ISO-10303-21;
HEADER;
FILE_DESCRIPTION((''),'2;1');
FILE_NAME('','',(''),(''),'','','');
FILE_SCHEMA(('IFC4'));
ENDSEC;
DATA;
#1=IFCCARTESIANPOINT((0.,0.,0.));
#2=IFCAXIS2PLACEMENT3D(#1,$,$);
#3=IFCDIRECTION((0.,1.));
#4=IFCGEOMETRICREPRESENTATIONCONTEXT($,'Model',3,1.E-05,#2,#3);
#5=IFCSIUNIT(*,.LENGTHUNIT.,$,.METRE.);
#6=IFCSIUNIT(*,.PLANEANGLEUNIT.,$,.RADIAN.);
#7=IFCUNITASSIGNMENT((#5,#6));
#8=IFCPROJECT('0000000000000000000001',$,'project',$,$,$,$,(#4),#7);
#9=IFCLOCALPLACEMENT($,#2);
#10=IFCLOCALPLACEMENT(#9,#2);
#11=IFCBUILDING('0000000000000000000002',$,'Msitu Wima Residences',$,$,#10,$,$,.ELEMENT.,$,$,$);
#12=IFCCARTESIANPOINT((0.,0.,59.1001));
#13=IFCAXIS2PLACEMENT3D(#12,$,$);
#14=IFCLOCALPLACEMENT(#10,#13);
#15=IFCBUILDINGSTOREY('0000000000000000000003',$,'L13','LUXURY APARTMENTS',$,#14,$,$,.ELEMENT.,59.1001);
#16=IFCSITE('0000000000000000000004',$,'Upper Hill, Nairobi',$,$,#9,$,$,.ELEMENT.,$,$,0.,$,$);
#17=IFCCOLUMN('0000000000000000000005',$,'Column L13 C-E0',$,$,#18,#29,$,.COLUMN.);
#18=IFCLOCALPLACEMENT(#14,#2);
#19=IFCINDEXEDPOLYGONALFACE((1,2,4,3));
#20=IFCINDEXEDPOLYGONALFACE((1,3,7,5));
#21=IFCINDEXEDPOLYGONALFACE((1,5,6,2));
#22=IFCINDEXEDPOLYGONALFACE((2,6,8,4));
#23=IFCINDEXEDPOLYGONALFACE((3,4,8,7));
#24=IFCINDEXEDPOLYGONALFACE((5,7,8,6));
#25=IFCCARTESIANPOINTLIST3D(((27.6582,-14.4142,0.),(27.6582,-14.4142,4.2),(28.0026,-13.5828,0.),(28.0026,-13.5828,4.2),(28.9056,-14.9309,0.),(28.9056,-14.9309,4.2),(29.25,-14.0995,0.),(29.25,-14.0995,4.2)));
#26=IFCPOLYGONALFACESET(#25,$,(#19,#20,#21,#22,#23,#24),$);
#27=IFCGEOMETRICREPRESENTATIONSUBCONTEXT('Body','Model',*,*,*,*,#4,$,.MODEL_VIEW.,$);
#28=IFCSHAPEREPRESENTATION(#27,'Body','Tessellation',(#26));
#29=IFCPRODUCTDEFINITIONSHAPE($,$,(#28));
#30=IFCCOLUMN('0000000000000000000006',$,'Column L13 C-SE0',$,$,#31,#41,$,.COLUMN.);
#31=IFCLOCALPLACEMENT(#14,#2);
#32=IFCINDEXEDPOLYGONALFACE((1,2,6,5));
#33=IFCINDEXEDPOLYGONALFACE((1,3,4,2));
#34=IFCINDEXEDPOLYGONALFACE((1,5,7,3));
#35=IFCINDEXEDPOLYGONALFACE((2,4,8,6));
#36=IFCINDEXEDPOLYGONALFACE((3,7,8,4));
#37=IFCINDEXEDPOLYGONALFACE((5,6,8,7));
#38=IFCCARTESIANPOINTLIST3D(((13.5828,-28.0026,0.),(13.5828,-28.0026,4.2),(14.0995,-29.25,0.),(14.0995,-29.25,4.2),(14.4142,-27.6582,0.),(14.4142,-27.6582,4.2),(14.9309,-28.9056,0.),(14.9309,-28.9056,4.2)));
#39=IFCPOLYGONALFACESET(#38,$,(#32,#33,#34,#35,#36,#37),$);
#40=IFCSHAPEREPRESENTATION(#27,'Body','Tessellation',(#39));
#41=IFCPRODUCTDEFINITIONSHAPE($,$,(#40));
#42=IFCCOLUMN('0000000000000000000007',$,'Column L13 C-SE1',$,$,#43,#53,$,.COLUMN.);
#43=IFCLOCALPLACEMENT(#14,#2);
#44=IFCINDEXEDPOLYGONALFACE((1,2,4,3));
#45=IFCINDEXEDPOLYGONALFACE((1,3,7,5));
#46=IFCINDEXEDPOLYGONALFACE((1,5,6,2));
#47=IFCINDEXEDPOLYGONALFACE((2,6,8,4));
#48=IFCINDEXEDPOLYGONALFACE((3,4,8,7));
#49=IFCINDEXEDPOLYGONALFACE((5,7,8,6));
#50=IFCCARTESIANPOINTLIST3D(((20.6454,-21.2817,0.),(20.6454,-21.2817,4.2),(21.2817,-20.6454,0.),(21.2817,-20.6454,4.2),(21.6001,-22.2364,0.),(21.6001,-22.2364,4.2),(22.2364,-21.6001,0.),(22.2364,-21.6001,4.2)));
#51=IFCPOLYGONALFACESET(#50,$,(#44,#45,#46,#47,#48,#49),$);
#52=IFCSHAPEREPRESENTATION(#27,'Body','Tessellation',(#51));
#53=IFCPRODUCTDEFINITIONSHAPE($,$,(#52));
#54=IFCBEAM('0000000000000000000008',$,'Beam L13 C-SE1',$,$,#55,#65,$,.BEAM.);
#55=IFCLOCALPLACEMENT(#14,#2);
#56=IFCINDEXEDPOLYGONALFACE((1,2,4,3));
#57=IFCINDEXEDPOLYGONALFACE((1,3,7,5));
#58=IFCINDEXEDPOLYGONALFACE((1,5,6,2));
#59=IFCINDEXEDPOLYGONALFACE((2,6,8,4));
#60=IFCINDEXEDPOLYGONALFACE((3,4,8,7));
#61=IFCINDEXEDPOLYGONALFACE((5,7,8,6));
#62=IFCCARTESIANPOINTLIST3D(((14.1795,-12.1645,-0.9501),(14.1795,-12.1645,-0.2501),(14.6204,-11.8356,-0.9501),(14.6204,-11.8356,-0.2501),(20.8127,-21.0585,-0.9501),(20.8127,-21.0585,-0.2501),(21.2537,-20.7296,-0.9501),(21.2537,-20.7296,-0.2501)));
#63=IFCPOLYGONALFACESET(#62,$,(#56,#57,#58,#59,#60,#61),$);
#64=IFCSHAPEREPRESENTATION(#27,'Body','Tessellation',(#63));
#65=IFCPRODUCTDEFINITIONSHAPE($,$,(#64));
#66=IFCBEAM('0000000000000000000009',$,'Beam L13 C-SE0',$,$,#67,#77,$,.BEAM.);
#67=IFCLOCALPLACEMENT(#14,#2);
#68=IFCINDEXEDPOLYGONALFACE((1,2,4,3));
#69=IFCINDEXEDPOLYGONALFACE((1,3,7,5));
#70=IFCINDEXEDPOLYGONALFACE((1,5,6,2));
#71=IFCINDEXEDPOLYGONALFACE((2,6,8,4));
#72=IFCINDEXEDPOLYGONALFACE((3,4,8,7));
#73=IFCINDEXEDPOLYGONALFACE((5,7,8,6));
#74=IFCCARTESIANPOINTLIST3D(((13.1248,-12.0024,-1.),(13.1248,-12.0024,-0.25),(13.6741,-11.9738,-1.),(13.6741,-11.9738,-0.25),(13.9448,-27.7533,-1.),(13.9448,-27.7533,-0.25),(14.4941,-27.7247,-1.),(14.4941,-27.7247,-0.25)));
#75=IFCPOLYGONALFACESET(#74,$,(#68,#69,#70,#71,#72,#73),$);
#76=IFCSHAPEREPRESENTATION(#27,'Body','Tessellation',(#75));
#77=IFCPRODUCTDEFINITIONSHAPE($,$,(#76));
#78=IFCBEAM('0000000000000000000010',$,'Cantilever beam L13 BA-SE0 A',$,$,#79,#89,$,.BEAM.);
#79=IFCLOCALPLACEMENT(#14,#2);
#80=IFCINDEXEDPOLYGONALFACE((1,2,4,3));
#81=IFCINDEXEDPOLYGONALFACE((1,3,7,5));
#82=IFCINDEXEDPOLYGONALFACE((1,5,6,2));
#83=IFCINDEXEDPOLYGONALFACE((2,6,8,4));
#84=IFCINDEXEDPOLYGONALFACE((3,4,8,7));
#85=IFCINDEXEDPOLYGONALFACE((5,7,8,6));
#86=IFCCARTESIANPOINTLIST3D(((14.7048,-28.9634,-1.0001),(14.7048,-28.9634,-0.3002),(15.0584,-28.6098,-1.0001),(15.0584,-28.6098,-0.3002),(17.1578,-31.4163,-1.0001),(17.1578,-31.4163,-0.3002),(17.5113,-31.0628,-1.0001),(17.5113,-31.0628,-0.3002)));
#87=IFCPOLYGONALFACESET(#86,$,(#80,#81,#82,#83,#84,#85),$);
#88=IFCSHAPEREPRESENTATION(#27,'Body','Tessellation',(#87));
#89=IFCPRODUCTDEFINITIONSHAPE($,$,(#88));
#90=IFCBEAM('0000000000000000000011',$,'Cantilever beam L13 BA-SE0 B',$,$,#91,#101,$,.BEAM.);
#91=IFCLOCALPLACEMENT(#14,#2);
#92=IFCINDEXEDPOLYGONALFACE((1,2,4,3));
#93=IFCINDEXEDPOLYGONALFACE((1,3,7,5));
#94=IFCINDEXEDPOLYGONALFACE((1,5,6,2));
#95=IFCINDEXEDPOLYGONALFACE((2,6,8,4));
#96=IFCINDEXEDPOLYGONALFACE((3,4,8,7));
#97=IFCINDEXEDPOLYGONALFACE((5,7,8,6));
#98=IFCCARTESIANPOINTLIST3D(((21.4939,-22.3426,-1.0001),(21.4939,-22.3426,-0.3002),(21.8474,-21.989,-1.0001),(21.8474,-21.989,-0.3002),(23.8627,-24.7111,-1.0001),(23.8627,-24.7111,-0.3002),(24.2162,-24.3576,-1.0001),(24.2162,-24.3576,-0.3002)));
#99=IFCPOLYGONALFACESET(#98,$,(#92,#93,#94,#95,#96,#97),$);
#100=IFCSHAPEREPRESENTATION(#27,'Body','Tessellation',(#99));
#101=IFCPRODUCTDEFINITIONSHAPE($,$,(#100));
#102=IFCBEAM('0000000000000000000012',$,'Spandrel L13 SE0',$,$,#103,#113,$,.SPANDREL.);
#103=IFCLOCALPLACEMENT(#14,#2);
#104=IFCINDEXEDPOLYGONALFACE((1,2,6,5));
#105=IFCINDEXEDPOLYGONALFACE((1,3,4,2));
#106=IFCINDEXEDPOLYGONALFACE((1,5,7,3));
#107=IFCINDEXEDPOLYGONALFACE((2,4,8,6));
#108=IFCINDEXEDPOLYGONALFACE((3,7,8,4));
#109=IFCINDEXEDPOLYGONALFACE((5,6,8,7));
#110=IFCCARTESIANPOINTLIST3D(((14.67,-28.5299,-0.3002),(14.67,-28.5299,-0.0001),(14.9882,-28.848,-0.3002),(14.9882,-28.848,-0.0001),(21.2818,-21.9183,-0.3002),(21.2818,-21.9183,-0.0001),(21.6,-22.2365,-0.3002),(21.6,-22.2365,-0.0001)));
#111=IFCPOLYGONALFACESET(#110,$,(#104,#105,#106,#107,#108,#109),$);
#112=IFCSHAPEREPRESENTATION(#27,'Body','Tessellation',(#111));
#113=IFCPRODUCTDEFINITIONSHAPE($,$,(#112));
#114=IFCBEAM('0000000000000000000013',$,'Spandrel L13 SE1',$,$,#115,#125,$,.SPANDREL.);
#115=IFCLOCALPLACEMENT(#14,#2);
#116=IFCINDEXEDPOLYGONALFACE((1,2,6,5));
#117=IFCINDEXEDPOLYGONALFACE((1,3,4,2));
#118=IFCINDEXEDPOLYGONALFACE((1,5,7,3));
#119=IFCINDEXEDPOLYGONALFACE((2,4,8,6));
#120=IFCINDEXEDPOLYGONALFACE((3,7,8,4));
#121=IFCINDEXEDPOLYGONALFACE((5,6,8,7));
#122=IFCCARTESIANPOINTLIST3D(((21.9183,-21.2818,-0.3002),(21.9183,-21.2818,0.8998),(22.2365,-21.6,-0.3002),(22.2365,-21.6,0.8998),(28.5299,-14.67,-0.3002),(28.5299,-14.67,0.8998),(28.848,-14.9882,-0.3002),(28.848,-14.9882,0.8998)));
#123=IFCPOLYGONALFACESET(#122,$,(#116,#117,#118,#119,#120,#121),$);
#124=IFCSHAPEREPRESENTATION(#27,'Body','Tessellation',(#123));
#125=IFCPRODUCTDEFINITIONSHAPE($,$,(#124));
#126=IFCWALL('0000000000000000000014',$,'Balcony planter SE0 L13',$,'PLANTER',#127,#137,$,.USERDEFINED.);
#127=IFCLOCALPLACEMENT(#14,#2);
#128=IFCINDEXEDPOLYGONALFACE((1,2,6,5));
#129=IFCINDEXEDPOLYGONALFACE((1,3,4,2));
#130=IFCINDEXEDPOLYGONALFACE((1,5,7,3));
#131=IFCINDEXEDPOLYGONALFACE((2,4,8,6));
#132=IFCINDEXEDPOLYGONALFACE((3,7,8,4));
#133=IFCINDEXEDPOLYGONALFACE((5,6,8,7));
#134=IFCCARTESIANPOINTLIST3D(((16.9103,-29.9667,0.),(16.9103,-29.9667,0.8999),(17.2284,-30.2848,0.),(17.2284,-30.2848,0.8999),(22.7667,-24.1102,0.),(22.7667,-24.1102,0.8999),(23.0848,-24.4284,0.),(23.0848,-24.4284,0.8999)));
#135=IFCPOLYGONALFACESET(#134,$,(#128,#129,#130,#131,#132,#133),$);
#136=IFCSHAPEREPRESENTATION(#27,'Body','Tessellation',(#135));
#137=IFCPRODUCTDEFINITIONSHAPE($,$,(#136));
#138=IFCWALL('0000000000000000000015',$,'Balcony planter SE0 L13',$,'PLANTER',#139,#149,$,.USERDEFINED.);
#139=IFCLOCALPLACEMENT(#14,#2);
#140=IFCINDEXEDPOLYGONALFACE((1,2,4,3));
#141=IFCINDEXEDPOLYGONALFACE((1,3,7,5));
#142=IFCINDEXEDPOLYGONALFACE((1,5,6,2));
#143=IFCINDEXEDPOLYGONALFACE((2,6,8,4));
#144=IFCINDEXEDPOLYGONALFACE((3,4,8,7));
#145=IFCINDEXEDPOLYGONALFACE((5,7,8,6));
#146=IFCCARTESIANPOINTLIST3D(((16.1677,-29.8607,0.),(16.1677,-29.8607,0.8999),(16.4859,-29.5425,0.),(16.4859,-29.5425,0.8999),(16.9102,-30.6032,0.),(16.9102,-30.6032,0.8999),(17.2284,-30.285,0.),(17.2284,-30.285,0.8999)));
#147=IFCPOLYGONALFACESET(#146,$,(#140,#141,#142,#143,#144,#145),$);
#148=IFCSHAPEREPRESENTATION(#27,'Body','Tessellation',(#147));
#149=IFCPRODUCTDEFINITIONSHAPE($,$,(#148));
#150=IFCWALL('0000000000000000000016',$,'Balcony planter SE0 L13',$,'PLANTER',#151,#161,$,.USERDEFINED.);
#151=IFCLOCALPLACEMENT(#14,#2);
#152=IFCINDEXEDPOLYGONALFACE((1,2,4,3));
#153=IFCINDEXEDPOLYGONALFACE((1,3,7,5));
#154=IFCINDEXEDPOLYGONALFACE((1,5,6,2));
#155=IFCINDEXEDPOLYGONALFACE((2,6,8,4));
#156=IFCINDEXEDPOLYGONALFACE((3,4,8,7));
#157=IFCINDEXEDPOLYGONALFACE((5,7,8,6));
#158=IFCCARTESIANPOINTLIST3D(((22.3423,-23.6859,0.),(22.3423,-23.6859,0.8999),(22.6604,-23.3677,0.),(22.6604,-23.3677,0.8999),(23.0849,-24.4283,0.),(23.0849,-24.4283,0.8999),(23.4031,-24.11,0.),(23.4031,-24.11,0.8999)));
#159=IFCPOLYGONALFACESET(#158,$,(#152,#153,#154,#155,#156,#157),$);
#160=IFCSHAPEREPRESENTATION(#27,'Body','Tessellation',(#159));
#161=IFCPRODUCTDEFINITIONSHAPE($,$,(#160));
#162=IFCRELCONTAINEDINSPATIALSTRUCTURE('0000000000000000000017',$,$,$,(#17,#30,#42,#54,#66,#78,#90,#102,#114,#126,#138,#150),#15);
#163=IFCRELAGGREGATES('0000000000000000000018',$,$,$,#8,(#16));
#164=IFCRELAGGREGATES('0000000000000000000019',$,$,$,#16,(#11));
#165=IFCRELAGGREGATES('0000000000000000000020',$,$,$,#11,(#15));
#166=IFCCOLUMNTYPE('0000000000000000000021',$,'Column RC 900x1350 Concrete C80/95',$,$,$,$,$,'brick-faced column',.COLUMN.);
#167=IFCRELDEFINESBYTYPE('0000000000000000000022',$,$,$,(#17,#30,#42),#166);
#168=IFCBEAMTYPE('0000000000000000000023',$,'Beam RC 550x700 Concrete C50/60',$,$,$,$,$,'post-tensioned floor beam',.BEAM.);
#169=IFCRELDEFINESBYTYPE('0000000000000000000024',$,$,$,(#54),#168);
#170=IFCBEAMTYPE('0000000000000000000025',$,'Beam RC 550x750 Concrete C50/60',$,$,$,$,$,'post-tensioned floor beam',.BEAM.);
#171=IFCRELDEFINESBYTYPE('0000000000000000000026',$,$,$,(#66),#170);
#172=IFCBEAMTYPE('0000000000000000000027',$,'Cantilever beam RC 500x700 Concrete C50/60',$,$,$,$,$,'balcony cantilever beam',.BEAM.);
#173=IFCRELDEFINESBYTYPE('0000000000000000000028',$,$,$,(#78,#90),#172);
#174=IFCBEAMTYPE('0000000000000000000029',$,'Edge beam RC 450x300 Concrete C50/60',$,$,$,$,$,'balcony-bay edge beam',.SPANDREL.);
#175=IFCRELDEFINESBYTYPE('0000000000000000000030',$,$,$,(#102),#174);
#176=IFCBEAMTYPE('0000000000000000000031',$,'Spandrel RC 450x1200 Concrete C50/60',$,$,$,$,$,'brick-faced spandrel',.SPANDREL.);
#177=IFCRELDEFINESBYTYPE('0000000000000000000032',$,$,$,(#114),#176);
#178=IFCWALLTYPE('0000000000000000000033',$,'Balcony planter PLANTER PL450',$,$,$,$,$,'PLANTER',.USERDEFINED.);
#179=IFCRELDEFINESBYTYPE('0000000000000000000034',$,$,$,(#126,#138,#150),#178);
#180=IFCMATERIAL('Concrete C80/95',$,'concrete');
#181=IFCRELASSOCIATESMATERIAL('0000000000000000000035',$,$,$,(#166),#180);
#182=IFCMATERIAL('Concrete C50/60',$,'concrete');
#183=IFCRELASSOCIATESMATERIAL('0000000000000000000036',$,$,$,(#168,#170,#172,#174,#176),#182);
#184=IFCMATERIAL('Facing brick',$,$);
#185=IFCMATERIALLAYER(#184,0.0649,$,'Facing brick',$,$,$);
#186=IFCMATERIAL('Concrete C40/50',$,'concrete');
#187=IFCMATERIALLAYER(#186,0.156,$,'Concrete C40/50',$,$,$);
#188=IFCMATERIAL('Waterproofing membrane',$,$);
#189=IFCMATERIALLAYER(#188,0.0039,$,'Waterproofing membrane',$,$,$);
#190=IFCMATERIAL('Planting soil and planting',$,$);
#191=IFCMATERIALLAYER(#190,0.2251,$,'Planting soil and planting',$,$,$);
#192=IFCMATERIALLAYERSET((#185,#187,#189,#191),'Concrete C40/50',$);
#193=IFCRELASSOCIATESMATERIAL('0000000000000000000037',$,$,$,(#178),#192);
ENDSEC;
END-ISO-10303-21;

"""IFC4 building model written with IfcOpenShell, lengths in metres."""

from ifc_helpers import new_model, si_unit, direction, frame, frame_2d, origin, origin_2d, place, context, subcontext, project, spatial, rectangle, extrude, material, layer, layer_set, material_profile, profile_set, type_object, element, save


model = new_model("IFC4")

# Units and contexts
model_context = context("Model", 3, precision=1e-05, world=origin(), true_north=direction((0.0, 1.0)))
body_context = subcontext(model_context, "Body", "Model", "MODEL_VIEW")
ifc_project = project(units=[si_unit("LENGTHUNIT", "METRE"), si_unit("PLANEANGLEUNIT", "RADIAN")], contexts=[model_context])

# Site, building, storey
site_placement = place(None, origin())
site = spatial("IfcSite", under=ifc_project, at=site_placement, Name="Upper Hill, Nairobi", CompositionType="ELEMENT", RefElevation=0.0)
building_placement = place(site_placement, origin())
building = spatial("IfcBuilding", under=site, at=building_placement, Name="Msitu Wima Residences", CompositionType="ELEMENT")
storey_placement = place(building_placement, frame((0.0, 0.0, 59.1001)))
storey = spatial("IfcBuildingStorey", under=building, at=storey_placement, Name="L13", Description="LUXURY APARTMENTS", CompositionType="ELEMENT", Elevation=59.1001)

# Columns
ifc_material_1 = material(Name="Concrete C80/95", Category="concrete")
ifc_material_profile_1 = material_profile(ifc_material_1, rectangle(XDim=0.8999, YDim=1.3501, at=origin_2d()), Name="RC 900x1350")
ifc_profile_set_1 = profile_set([ifc_material_profile_1], Name="Concrete C80/95")
column_type = type_object("IfcColumnType", Name="Column RC 900x1350 Concrete C80/95", ElementType="brick-faced column", PredefinedType="COLUMN", material=ifc_profile_set_1)
for number, where, z_axis, x_axis, name in (
    (1, (28.4541, -14.2568, 0.0), (0.0, 0.0, 1.0), (0.382683, 0.92388, 0.0), "Column L13 C-E0"),
    (2, (14.2568, -28.4541, 0.0), (0.0, 0.0, 1.0), (0.92388, 0.382683, 0.0), "Column L13 C-SE0"),
    (3, (21.4409, -21.4409, 0.0), (0.0, 0.0, 1.0), (0.707107, 0.707107, 0.0), "Column L13 C-SE1"),
):
    element("IfcColumn", number, at=place(storey_placement, frame(where, z_axis=z_axis, x_axis=x_axis)), inside=storey, type_object=column_type, Name=name, PredefinedType="COLUMN", context=body_context, shape_type="SweptSolid", body=[
        extrude(rectangle(XDim=0.8999, YDim=1.3501, at=origin_2d()), origin(), (0.0, 0.0, 1.0), 4.2),
    ])

# Beams
ifc_material_2 = material(Name="Concrete C50/60", Category="concrete")
ifc_material_profile_2 = material_profile(ifc_material_2, rectangle(XDim=0.55, YDim=0.7, at=origin_2d()), Name="RC 550x700")
ifc_profile_set_2 = profile_set([ifc_material_profile_2], Name="Concrete C50/60")
beam_type_1 = type_object("IfcBeamType", Name="Beam RC 550x700 Concrete C50/60", ElementType="post-tensioned floor beam", PredefinedType="BEAM", material=ifc_profile_set_2)
beam_1_placement = place(storey_placement, frame((21.0332, -20.894, -0.6001), z_axis=(-0.59785, 0.801608, 0.0), x_axis=(-0.801608, -0.59785, 0.0)))
element("IfcBeam", 4, at=beam_1_placement, inside=storey, type_object=beam_type_1, Name="Beam L13 C-SE1", PredefinedType="BEAM", context=body_context, shape_type="SweptSolid", body=[
    extrude(rectangle(XDim=0.55, YDim=0.7, at=origin_2d()), origin(), (0.0, 0.0, 1.0), 11.0952),
])
ifc_material_profile_3 = material_profile(ifc_material_2, rectangle(XDim=0.55, YDim=0.75, at=origin_2d()), Name="RC 550x750")
ifc_profile_set_3 = profile_set([ifc_material_profile_3], Name="Concrete C50/60")
beam_type_2 = type_object("IfcBeamType", Name="Beam RC 550x750 Concrete C50/60", ElementType="post-tensioned floor beam", PredefinedType="BEAM", material=ifc_profile_set_3)
beam_2_placement = place(storey_placement, frame((14.2195, -27.739, -0.625), z_axis=(-0.051994, 0.998647, 0.0), x_axis=(-0.998647, -0.051994, 0.0)))
element("IfcBeam", 5, at=beam_2_placement, inside=storey, type_object=beam_type_2, Name="Beam L13 C-SE0", PredefinedType="BEAM", context=body_context, shape_type="SweptSolid", body=[
    extrude(rectangle(XDim=0.55, YDim=0.75, at=origin_2d()), origin(), (0.0, 0.0, 1.0), 15.7722),
])
ifc_material_profile_4 = material_profile(ifc_material_2, rectangle(XDim=0.5, YDim=0.7, at=origin_2d()), Name="RC 500x700")
ifc_profile_set_4 = profile_set([ifc_material_profile_4], Name="Concrete C50/60")
beam_type_3 = type_object("IfcBeamType", Name="Cantilever beam RC 500x700 Concrete C50/60", ElementType="balcony cantilever beam", PredefinedType="BEAM", material=ifc_profile_set_4)
beam_3_placement = place(storey_placement, frame((14.8816, -28.7866, -0.6501), z_axis=(0.707107, -0.707107, 0.0), x_axis=(0.707107, 0.707107, 0.0)))
element("IfcBeam", 6, at=beam_3_placement, inside=storey, type_object=beam_type_3, Name="Cantilever beam L13 BA-SE0 A", PredefinedType="BEAM", context=body_context, shape_type="SweptSolid", body=[
    extrude(rectangle(XDim=0.5, YDim=0.7, at=origin_2d()), origin(), (0.0, 0.0, 1.0), 3.469),
])
beam_4_placement = place(storey_placement, frame((21.6707, -22.1658, -0.6501), z_axis=(0.707143, -0.70707, 0.0), x_axis=(0.70707, 0.707143, 0.0)))
element("IfcBeam", 7, at=beam_4_placement, inside=storey, type_object=beam_type_3, Name="Cantilever beam L13 BA-SE0 B", PredefinedType="BEAM", context=body_context, shape_type="SweptSolid", body=[
    extrude(rectangle(XDim=0.5, YDim=0.7, at=origin_2d()), origin(), (0.0, 0.0, 1.0), 3.3499),
])
ifc_material_profile_5 = material_profile(ifc_material_2, rectangle(XDim=0.45, YDim=0.3, at=origin_2d()), Name="RC 450x300")
ifc_profile_set_5 = profile_set([ifc_material_profile_5], Name="Concrete C50/60")
beam_type_4 = type_object("IfcBeamType", Name="Edge beam RC 450x300 Concrete C50/60", ElementType="balcony-bay edge beam", PredefinedType="SPANDREL", material=ifc_profile_set_5)
beam_5_placement = place(storey_placement, frame((14.8291, -28.689, -0.1501), z_axis=(0.70712, 0.707094, 0.0), x_axis=(-0.707094, 0.70712, 0.0)))
element("IfcBeam", 8, at=beam_5_placement, inside=storey, type_object=beam_type_4, Name="Spandrel L13 SE0", PredefinedType="SPANDREL", context=body_context, shape_type="SweptSolid", body=[
    extrude(rectangle(XDim=0.45, YDim=0.3, at=origin_2d()), origin(), (0.0, 0.0, 1.0), 9.3503),
])
ifc_material_profile_6 = material_profile(ifc_material_2, rectangle(XDim=0.45, YDim=1.2, at=origin_2d()), Name="RC 450x1200")
ifc_profile_set_6 = profile_set([ifc_material_profile_6], Name="Concrete C50/60")
beam_type_5 = type_object("IfcBeamType", Name="Spandrel RC 450x1200 Concrete C50/60", ElementType="brick-faced spandrel", PredefinedType="SPANDREL", material=ifc_profile_set_6)
beam_6_placement = place(storey_placement, frame((22.0774, -21.4409, 0.2998), z_axis=(0.707094, 0.70712, 0.0), x_axis=(-0.70712, 0.707094, 0.0)))
element("IfcBeam", 9, at=beam_6_placement, inside=storey, type_object=beam_type_5, Name="Spandrel L13 SE1", PredefinedType="SPANDREL", context=body_context, shape_type="SweptSolid", body=[
    extrude(rectangle(XDim=0.45, YDim=1.2, at=origin_2d()), origin(), (0.0, 0.0, 1.0), 9.3503),
])

# Walls
ifc_material_3 = material(Name="Facing brick")
ifc_layer_1 = layer(ifc_material_3, 0.0649, Name="Facing brick")
ifc_material_4 = material(Name="Concrete C40/50", Category="concrete")
ifc_layer_2 = layer(ifc_material_4, 0.156, Name="Concrete C40/50")
ifc_material_5 = material(Name="Waterproofing membrane")
ifc_layer_3 = layer(ifc_material_5, 0.0039, Name="Waterproofing membrane")
ifc_material_6 = material(Name="Planting soil and planting")
ifc_layer_4 = layer(ifc_material_6, 0.2251, Name="Planting soil and planting")
ifc_layer_set_1 = layer_set([ifc_layer_1, ifc_layer_2, ifc_layer_3, ifc_layer_4], Name="Concrete C40/50")
wall_type_1 = type_object("IfcWallType", Name="Balcony planter PLANTER PL450", ElementType="PLANTER", PredefinedType="USERDEFINED", material=ifc_layer_set_1)
wall_1_placement = place(storey_placement, frame((17.0693, -30.1257, 0.0), z_axis=(0.0, 0.0, 1.0), x_axis=(0.707107, 0.707107, 0.0)))
element("IfcWall", 10, at=wall_1_placement, inside=storey, type_object=wall_type_1, Name="Balcony planter SE0 L13", ObjectType="PLANTER", PredefinedType="USERDEFINED", context=body_context, shape_type="SweptSolid", body=[
    extrude(rectangle(XDim=8.2822, YDim=0.45, at=frame_2d((4.1411, 0.0))), origin(), (0.0, 0.0, 1.0), 0.8999),
])
for number, where, z_axis, x_axis, name in (
    (11, (16.3269, -29.7017, 0.0), (0.0, 0.0, 1.0), (0.707107, -0.707107, 0.0), "Balcony planter SE0 L13"),
    (12, (22.5015, -23.5269, 0.0), (0.0, 0.0, 1.0), (0.707223, -0.706991, 0.0), "Balcony planter SE0 L13"),
):
    element("IfcWall", number, at=place(storey_placement, frame(where, z_axis=z_axis, x_axis=x_axis)), inside=storey, type_object=wall_type_1, Name=name, ObjectType="PLANTER", PredefinedType="USERDEFINED", context=body_context, shape_type="SweptSolid", body=[
        extrude(rectangle(XDim=1.05, YDim=0.45, at=frame_2d((0.5249, 0.0))), origin(), (0.0, 0.0, 1.0), 0.8999),
    ])

save(model, "model.ifc")
